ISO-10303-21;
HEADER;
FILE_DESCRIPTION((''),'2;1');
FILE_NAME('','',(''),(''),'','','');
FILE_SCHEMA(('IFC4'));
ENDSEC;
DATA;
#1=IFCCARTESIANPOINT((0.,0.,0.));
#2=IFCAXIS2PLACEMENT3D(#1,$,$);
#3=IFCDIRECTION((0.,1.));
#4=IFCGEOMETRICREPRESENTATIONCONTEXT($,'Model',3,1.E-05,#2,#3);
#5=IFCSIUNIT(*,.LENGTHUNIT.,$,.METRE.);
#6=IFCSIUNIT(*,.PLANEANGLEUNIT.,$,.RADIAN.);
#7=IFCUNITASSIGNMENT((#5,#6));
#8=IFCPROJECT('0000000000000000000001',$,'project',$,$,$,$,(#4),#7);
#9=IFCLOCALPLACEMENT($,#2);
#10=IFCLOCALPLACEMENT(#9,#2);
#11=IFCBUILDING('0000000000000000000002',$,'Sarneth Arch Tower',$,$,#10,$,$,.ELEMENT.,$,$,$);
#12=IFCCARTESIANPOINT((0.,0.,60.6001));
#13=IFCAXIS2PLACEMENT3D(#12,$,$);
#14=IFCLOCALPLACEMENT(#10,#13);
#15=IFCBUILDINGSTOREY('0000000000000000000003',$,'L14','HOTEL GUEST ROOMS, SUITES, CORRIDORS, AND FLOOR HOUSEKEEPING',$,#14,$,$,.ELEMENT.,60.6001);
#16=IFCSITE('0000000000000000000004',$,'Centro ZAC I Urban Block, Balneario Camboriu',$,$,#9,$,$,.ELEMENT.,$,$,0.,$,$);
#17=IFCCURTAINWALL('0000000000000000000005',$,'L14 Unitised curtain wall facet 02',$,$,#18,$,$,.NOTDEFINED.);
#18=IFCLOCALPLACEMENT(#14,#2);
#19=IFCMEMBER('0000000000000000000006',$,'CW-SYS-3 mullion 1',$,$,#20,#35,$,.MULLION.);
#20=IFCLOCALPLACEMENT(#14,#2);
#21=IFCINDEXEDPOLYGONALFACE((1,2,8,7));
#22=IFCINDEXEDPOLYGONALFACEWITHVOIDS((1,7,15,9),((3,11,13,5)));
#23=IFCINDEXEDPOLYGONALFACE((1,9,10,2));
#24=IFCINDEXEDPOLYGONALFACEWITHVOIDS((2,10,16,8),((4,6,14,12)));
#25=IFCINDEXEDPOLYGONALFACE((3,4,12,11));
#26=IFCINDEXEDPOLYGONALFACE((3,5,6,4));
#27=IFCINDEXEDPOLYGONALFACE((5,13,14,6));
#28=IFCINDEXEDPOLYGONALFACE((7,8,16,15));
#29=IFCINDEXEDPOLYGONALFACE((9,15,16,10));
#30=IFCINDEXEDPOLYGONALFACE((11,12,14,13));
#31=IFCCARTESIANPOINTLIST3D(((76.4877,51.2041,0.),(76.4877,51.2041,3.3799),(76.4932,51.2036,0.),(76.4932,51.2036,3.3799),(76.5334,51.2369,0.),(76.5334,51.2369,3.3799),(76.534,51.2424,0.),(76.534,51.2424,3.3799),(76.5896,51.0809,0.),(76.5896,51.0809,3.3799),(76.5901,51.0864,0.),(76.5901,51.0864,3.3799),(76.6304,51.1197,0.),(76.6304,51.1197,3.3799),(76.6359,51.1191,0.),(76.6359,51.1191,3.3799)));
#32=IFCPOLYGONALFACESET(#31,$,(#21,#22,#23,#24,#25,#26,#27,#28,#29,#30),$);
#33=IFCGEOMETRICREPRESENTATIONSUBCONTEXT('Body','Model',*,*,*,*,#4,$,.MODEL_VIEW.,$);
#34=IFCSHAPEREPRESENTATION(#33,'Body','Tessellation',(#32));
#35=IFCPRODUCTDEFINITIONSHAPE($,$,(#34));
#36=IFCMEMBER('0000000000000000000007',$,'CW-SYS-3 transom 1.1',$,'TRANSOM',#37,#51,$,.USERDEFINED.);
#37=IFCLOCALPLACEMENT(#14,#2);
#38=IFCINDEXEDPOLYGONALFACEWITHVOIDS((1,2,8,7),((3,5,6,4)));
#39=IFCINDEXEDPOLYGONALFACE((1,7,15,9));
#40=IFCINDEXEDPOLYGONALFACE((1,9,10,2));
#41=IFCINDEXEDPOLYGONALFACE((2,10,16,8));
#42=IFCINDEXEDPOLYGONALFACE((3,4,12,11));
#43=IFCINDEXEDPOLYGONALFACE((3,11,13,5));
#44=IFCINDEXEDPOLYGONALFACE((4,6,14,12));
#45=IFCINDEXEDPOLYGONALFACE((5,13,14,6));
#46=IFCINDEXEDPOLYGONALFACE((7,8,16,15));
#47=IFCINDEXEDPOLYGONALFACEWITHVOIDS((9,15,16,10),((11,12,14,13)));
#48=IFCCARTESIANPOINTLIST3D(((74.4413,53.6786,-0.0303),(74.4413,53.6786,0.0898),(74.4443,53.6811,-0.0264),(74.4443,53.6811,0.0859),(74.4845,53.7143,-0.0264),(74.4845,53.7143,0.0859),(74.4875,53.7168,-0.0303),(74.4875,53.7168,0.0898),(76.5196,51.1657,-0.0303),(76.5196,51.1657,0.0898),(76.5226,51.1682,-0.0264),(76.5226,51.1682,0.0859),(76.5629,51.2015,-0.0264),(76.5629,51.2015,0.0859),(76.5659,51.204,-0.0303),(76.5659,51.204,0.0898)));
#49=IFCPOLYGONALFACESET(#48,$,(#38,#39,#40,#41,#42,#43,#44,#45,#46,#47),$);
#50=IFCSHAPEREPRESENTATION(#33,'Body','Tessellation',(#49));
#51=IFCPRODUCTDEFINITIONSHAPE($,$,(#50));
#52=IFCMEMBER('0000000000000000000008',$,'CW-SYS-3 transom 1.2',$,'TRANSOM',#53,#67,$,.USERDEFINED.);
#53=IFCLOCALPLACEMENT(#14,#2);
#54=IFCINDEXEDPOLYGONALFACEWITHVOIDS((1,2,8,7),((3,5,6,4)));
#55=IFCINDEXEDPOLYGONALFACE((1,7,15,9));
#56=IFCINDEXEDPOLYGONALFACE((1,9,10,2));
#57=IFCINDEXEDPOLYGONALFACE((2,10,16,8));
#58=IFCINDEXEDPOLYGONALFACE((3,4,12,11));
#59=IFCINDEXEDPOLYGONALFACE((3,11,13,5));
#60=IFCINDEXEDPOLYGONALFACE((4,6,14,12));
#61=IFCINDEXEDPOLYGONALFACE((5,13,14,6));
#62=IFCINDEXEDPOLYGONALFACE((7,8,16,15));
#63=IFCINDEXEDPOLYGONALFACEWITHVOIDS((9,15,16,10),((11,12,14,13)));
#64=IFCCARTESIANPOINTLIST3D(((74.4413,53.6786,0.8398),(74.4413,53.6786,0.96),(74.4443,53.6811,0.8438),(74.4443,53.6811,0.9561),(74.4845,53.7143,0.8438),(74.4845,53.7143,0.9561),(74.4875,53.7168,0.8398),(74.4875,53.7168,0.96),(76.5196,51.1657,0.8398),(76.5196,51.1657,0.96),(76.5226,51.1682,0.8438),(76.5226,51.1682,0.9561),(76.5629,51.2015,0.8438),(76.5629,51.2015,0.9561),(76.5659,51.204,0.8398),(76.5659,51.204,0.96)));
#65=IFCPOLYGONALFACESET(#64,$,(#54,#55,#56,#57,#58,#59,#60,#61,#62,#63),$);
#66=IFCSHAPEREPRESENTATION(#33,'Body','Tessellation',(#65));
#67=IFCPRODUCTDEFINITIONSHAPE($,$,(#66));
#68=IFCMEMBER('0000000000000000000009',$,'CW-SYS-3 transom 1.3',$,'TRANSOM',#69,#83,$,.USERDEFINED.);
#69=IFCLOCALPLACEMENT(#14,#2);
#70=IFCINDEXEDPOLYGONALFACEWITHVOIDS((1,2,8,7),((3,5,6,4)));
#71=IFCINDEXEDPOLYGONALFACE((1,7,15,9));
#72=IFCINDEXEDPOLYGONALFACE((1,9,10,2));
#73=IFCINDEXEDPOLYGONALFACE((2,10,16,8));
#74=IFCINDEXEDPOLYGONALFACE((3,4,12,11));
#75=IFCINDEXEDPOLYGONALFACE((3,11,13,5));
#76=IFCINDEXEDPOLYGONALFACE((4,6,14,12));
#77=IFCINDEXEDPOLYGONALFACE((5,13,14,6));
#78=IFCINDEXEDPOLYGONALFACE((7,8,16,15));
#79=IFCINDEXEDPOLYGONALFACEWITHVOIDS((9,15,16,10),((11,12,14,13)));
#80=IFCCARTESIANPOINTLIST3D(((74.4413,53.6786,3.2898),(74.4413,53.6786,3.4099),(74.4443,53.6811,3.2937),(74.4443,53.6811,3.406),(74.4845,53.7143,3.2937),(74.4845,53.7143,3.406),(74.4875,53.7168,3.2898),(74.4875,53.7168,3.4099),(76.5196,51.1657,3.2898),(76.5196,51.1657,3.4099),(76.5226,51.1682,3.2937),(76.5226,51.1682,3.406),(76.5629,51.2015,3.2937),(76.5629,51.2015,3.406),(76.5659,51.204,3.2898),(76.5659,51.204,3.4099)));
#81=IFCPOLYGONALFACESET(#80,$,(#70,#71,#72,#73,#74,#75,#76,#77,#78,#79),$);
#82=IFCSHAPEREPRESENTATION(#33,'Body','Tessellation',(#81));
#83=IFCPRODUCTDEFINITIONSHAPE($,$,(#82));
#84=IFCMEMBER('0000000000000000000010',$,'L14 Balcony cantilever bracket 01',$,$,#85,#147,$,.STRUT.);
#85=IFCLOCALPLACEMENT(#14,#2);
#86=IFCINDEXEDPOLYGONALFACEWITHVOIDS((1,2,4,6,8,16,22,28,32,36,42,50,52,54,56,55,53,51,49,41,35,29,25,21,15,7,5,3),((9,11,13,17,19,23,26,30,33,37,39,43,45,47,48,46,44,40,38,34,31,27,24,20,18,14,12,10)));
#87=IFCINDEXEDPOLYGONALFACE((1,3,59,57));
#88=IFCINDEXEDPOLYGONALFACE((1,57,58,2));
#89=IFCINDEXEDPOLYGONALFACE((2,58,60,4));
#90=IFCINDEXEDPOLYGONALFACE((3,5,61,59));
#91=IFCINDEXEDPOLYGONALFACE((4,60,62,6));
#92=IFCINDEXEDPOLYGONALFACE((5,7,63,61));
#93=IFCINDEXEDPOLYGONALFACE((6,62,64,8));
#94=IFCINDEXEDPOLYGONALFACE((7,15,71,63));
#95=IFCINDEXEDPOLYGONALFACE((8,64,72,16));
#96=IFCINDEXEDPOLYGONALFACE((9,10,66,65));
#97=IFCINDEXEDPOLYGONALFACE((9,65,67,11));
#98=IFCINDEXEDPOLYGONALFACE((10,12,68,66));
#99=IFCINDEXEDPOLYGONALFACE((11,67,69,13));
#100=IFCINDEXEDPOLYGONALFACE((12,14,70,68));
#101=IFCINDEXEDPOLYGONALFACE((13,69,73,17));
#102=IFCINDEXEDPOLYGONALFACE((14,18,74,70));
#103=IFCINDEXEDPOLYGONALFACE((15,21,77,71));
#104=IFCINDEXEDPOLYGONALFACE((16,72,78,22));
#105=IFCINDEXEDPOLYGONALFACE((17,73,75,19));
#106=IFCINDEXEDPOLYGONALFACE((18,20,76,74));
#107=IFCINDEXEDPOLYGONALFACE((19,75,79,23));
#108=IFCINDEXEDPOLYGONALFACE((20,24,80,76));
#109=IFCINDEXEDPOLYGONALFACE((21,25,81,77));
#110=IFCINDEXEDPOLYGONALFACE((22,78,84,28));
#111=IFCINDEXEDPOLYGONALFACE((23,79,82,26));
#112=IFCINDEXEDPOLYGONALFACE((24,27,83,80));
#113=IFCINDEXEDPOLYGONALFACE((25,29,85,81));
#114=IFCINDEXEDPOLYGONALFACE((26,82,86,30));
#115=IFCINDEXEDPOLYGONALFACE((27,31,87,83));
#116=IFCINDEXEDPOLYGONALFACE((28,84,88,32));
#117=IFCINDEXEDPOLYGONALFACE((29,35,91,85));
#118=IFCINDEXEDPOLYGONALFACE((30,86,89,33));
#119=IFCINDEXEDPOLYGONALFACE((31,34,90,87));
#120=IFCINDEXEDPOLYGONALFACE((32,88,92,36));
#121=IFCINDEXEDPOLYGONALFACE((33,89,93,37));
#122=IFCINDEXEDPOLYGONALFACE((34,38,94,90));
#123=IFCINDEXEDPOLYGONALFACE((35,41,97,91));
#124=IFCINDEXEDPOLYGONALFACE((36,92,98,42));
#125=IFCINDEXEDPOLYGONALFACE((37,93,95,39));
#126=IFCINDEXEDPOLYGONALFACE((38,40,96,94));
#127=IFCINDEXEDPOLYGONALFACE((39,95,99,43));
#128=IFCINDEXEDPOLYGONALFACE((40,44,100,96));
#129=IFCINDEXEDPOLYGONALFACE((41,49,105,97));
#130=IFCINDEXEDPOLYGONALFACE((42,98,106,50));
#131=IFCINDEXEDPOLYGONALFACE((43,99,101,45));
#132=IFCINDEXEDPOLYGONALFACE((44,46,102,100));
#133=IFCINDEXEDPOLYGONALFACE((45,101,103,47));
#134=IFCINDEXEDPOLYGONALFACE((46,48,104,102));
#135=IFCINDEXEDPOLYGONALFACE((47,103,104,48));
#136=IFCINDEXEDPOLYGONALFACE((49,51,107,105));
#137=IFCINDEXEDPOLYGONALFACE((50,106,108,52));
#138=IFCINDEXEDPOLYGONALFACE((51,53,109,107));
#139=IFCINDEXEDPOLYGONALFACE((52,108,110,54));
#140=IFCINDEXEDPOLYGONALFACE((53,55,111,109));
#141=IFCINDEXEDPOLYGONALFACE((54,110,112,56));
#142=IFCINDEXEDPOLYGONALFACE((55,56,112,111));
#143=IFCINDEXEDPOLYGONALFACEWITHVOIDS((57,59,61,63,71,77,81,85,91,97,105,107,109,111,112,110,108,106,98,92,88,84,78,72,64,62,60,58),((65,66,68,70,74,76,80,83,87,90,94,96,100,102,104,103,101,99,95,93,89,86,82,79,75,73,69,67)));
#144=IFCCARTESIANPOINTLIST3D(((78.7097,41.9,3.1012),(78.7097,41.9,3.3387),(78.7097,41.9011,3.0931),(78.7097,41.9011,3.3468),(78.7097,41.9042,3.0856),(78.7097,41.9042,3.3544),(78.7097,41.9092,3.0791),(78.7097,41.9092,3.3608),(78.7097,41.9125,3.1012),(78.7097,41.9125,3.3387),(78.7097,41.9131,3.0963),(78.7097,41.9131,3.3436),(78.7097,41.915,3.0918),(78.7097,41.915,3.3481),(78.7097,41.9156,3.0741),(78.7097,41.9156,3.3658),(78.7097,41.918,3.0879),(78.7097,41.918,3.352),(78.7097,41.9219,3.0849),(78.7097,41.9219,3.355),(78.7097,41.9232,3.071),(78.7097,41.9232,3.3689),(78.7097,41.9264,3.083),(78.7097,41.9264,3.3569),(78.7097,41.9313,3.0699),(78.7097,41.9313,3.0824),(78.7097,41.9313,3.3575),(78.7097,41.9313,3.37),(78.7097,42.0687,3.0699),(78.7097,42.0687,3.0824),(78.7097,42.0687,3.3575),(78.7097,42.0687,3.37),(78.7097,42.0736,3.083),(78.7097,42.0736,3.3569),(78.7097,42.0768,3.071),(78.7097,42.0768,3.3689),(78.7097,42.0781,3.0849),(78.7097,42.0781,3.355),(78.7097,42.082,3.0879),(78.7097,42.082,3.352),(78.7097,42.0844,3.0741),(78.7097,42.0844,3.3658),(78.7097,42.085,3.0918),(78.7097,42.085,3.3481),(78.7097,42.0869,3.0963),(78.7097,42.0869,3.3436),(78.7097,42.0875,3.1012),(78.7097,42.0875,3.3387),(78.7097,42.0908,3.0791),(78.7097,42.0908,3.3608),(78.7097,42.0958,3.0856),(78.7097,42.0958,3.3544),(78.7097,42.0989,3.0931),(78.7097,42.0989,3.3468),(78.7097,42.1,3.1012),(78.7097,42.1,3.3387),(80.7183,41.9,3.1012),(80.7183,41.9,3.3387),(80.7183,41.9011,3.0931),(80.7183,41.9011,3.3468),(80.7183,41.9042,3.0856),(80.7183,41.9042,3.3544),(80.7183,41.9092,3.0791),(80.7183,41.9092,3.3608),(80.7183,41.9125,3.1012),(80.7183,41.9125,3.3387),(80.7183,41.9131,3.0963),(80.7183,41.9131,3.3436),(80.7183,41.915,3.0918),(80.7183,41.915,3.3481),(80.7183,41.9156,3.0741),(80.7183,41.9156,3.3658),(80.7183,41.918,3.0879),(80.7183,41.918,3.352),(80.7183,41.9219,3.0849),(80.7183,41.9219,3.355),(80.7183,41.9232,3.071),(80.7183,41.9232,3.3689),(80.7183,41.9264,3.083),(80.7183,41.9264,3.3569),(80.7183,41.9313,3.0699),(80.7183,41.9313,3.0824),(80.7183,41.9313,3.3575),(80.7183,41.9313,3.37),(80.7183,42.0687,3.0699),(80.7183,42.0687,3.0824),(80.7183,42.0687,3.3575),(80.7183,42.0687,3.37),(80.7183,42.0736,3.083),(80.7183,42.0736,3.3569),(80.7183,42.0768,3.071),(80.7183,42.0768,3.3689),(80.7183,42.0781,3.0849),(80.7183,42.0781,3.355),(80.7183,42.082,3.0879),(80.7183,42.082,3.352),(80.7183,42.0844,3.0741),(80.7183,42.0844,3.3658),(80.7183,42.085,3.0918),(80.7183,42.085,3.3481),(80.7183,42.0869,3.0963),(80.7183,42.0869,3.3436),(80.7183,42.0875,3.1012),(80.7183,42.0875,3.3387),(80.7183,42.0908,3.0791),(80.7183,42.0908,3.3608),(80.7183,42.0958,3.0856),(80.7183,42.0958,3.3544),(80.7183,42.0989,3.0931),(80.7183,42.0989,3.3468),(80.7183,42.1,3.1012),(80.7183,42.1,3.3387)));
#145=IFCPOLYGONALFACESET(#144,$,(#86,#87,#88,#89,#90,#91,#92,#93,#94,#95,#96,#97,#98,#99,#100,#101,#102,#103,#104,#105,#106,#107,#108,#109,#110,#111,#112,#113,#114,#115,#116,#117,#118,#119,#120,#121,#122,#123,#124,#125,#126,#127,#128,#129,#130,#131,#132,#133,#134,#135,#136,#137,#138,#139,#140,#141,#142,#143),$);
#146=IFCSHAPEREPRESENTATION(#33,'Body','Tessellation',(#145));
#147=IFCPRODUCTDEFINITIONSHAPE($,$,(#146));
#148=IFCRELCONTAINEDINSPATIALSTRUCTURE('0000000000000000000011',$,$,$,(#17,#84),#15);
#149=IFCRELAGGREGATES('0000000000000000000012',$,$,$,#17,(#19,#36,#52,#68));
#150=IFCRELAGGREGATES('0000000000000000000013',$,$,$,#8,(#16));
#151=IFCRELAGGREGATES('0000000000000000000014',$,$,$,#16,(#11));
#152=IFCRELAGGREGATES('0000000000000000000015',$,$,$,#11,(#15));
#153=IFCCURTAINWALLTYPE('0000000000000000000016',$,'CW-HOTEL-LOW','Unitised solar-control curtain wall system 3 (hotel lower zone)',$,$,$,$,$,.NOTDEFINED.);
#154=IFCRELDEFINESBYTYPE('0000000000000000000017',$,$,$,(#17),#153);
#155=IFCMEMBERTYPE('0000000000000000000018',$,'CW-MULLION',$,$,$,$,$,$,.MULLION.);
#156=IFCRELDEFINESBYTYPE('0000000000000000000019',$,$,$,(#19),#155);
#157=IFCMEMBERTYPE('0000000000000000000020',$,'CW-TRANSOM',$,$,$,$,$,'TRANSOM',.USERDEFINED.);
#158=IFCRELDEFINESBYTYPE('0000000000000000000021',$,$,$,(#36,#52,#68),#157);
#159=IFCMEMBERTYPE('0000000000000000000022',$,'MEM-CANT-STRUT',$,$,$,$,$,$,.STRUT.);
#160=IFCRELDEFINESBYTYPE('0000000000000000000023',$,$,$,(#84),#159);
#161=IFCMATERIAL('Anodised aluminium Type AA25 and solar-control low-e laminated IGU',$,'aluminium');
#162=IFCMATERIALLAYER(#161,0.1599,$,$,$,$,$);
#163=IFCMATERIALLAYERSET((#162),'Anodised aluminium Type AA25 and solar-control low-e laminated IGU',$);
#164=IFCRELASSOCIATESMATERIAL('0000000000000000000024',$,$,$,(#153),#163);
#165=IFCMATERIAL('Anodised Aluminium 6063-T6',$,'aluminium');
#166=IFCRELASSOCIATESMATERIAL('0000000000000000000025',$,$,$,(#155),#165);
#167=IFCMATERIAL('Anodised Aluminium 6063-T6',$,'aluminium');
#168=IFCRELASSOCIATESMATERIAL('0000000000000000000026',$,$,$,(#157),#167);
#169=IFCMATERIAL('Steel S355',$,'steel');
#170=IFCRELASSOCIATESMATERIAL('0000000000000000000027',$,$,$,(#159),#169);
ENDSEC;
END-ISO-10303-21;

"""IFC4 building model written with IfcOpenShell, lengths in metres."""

from ifc_helpers import new_model, si_unit, direction, frame, origin, origin_2d, place, context, subcontext, project, spatial, hollow_rectangle, extrude, material, layer, layer_set, material_profile, profile_set, type_object, element, aggregate, save


model = new_model("IFC4")

# Units and contexts
model_context = context("Model", 3, precision=1e-05, world=origin(), true_north=direction((0.0, 1.0)))
body_context = subcontext(model_context, "Body", "Model", "MODEL_VIEW")
ifc_project = project(units=[si_unit("LENGTHUNIT", "METRE"), si_unit("PLANEANGLEUNIT", "RADIAN")], contexts=[model_context])

# Site, building, storey
site_placement = place(None, origin())
site = spatial("IfcSite", under=ifc_project, at=site_placement, Name="Centro ZAC I Urban Block, Balneario Camboriu", CompositionType="ELEMENT", RefElevation=0.0)
building_placement = place(site_placement, origin())
building = spatial("IfcBuilding", under=site, at=building_placement, Name="Sarneth Arch Tower", CompositionType="ELEMENT")
storey_placement = place(building_placement, frame((0.0, 0.0, 60.6001)))
storey = spatial("IfcBuildingStorey", under=building, at=storey_placement, Name="L14", Description="HOTEL GUEST ROOMS, SUITES, CORRIDORS, AND FLOOR HOUSEKEEPING", CompositionType="ELEMENT", Elevation=60.6001)

# Curtain wall, members
ifc_material_1 = material(Name="Anodised aluminium Type AA25 and solar-control low-e laminated IGU", Category="aluminium")
ifc_layer_1 = layer(ifc_material_1, 0.1599)
ifc_layer_set_1 = layer_set([ifc_layer_1], Name="Anodised aluminium Type AA25 and solar-control low-e laminated IGU")
curtain_wall_type = type_object("IfcCurtainWallType", Name="CW-HOTEL-LOW", Description="Unitised solar-control curtain wall system 3 (hotel lower zone)", PredefinedType="NOTDEFINED", material=ifc_layer_set_1)
curtain_wall_placement = place(storey_placement, origin())
curtain_wall = element("IfcCurtainWall", 1, at=curtain_wall_placement, inside=storey, type_object=curtain_wall_type, Name="L14 Unitised curtain wall facet 02", PredefinedType="NOTDEFINED")
ifc_material_2 = material(Name="Anodised Aluminium 6063-T6", Category="aluminium")
ifc_material_profile_1 = material_profile(ifc_material_2, hollow_rectangle(XDim=0.0601, YDim=0.1599, WallThickness=0.0039, at=origin_2d()), Name="AL-MULL-160x60x4")
ifc_profile_set_1 = profile_set([ifc_material_profile_1], Name="Anodised Aluminium 6063-T6")
member_type_1 = type_object("IfcMemberType", Name="CW-MULLION", PredefinedType="MULLION", material=ifc_profile_set_1)
member_1_placement = place(storey_placement, frame((76.5618, 51.1616, 0.0), z_axis=(0.0, 0.0, 1.0), x_axis=(-0.770623, -0.637291, 0.0)))
member_1 = element("IfcMember", 2, at=member_1_placement, type_object=member_type_1, Name="CW-SYS-3 mullion 1", PredefinedType="MULLION", context=body_context, shape_type="SweptSolid", body=[
    extrude(hollow_rectangle(XDim=0.0601, YDim=0.1599, WallThickness=0.0039, at=origin_2d()), origin(), (0.0, 0.0, 1.0), 3.3799),
])
ifc_material_3 = material(Name="Anodised Aluminium 6063-T6", Category="aluminium")
ifc_material_profile_2 = material_profile(ifc_material_3, hollow_rectangle(XDim=0.0601, YDim=0.1201, WallThickness=0.0039, at=origin_2d()), Name="AL-TRAN-120x60x4")
ifc_profile_set_2 = profile_set([ifc_material_profile_2], Name="Anodised Aluminium 6063-T6")
member_type_2 = type_object("IfcMemberType", Name="CW-TRANSOM", ElementType="TRANSOM", PredefinedType="USERDEFINED", material=ifc_profile_set_2)
member_2_placement = place(storey_placement, frame((76.5427, 51.1848, 0.0298), z_axis=(-0.63733, 0.770591, 0.0), x_axis=(-0.770591, -0.63733, 0.0)))
member_2 = element("IfcMember", 3, at=member_2_placement, type_object=member_type_2, Name="CW-SYS-3 transom 1.1", ObjectType="TRANSOM", PredefinedType="USERDEFINED", context=body_context, shape_type="SweptSolid", body=[
    extrude(hollow_rectangle(XDim=0.0601, YDim=0.1201, WallThickness=0.0039, at=origin_2d()), origin(), (0.0, 0.0, 1.0), 3.261),
])
member_3_placement = place(storey_placement, frame((76.5427, 51.1848, 0.8999), z_axis=(-0.63733, 0.770591, 0.0), x_axis=(-0.770591, -0.63733, 0.0)))
member_3 = element("IfcMember", 4, at=member_3_placement, type_object=member_type_2, Name="CW-SYS-3 transom 1.2", ObjectType="TRANSOM", PredefinedType="USERDEFINED", context=body_context, shape_type="SweptSolid", body=[
    extrude(hollow_rectangle(XDim=0.0601, YDim=0.1201, WallThickness=0.0039, at=origin_2d()), origin(), (0.0, 0.0, 1.0), 3.261),
])
member_4_placement = place(storey_placement, frame((76.5427, 51.1848, 3.3499), z_axis=(-0.63733, 0.770591, 0.0), x_axis=(-0.770591, -0.63733, 0.0)))
member_4 = element("IfcMember", 5, at=member_4_placement, type_object=member_type_2, Name="CW-SYS-3 transom 1.3", ObjectType="TRANSOM", PredefinedType="USERDEFINED", context=body_context, shape_type="SweptSolid", body=[
    extrude(hollow_rectangle(XDim=0.0601, YDim=0.1201, WallThickness=0.0039, at=origin_2d()), origin(), (0.0, 0.0, 1.0), 3.261),
])

# Member
ifc_material_4 = material(Name="Steel S355", Category="steel")
ifc_material_profile_3 = material_profile(ifc_material_4, hollow_rectangle(XDim=0.2, YDim=0.3, WallThickness=0.0125, InnerFilletRadius=0.0188, OuterFilletRadius=0.0312, at=origin_2d()), Name="RHS300x200x12.5")
ifc_profile_set_3 = profile_set([ifc_material_profile_3], Name="Steel S355")
member_type_3 = type_object("IfcMemberType", Name="MEM-CANT-STRUT", PredefinedType="STRUT", material=ifc_profile_set_3)
member_5_placement = place(storey_placement, frame((78.7097, 42.0, 3.22), z_axis=(1.0, 0.0, 0.0), x_axis=(0.0, 1.0, 0.0)))
element("IfcMember", 6, at=member_5_placement, inside=storey, type_object=member_type_3, Name="L14 Balcony cantilever bracket 01", PredefinedType="STRUT", context=body_context, shape_type="SweptSolid", body=[
    extrude(hollow_rectangle(XDim=0.2, YDim=0.3, WallThickness=0.0125, InnerFilletRadius=0.0188, OuterFilletRadius=0.0312, at=origin_2d()), origin(), (0.0, 0.0, 1.0), 2.0085),
])

aggregate(curtain_wall, [member_1, member_2, member_3, member_4])

save(model, "model.ifc")
